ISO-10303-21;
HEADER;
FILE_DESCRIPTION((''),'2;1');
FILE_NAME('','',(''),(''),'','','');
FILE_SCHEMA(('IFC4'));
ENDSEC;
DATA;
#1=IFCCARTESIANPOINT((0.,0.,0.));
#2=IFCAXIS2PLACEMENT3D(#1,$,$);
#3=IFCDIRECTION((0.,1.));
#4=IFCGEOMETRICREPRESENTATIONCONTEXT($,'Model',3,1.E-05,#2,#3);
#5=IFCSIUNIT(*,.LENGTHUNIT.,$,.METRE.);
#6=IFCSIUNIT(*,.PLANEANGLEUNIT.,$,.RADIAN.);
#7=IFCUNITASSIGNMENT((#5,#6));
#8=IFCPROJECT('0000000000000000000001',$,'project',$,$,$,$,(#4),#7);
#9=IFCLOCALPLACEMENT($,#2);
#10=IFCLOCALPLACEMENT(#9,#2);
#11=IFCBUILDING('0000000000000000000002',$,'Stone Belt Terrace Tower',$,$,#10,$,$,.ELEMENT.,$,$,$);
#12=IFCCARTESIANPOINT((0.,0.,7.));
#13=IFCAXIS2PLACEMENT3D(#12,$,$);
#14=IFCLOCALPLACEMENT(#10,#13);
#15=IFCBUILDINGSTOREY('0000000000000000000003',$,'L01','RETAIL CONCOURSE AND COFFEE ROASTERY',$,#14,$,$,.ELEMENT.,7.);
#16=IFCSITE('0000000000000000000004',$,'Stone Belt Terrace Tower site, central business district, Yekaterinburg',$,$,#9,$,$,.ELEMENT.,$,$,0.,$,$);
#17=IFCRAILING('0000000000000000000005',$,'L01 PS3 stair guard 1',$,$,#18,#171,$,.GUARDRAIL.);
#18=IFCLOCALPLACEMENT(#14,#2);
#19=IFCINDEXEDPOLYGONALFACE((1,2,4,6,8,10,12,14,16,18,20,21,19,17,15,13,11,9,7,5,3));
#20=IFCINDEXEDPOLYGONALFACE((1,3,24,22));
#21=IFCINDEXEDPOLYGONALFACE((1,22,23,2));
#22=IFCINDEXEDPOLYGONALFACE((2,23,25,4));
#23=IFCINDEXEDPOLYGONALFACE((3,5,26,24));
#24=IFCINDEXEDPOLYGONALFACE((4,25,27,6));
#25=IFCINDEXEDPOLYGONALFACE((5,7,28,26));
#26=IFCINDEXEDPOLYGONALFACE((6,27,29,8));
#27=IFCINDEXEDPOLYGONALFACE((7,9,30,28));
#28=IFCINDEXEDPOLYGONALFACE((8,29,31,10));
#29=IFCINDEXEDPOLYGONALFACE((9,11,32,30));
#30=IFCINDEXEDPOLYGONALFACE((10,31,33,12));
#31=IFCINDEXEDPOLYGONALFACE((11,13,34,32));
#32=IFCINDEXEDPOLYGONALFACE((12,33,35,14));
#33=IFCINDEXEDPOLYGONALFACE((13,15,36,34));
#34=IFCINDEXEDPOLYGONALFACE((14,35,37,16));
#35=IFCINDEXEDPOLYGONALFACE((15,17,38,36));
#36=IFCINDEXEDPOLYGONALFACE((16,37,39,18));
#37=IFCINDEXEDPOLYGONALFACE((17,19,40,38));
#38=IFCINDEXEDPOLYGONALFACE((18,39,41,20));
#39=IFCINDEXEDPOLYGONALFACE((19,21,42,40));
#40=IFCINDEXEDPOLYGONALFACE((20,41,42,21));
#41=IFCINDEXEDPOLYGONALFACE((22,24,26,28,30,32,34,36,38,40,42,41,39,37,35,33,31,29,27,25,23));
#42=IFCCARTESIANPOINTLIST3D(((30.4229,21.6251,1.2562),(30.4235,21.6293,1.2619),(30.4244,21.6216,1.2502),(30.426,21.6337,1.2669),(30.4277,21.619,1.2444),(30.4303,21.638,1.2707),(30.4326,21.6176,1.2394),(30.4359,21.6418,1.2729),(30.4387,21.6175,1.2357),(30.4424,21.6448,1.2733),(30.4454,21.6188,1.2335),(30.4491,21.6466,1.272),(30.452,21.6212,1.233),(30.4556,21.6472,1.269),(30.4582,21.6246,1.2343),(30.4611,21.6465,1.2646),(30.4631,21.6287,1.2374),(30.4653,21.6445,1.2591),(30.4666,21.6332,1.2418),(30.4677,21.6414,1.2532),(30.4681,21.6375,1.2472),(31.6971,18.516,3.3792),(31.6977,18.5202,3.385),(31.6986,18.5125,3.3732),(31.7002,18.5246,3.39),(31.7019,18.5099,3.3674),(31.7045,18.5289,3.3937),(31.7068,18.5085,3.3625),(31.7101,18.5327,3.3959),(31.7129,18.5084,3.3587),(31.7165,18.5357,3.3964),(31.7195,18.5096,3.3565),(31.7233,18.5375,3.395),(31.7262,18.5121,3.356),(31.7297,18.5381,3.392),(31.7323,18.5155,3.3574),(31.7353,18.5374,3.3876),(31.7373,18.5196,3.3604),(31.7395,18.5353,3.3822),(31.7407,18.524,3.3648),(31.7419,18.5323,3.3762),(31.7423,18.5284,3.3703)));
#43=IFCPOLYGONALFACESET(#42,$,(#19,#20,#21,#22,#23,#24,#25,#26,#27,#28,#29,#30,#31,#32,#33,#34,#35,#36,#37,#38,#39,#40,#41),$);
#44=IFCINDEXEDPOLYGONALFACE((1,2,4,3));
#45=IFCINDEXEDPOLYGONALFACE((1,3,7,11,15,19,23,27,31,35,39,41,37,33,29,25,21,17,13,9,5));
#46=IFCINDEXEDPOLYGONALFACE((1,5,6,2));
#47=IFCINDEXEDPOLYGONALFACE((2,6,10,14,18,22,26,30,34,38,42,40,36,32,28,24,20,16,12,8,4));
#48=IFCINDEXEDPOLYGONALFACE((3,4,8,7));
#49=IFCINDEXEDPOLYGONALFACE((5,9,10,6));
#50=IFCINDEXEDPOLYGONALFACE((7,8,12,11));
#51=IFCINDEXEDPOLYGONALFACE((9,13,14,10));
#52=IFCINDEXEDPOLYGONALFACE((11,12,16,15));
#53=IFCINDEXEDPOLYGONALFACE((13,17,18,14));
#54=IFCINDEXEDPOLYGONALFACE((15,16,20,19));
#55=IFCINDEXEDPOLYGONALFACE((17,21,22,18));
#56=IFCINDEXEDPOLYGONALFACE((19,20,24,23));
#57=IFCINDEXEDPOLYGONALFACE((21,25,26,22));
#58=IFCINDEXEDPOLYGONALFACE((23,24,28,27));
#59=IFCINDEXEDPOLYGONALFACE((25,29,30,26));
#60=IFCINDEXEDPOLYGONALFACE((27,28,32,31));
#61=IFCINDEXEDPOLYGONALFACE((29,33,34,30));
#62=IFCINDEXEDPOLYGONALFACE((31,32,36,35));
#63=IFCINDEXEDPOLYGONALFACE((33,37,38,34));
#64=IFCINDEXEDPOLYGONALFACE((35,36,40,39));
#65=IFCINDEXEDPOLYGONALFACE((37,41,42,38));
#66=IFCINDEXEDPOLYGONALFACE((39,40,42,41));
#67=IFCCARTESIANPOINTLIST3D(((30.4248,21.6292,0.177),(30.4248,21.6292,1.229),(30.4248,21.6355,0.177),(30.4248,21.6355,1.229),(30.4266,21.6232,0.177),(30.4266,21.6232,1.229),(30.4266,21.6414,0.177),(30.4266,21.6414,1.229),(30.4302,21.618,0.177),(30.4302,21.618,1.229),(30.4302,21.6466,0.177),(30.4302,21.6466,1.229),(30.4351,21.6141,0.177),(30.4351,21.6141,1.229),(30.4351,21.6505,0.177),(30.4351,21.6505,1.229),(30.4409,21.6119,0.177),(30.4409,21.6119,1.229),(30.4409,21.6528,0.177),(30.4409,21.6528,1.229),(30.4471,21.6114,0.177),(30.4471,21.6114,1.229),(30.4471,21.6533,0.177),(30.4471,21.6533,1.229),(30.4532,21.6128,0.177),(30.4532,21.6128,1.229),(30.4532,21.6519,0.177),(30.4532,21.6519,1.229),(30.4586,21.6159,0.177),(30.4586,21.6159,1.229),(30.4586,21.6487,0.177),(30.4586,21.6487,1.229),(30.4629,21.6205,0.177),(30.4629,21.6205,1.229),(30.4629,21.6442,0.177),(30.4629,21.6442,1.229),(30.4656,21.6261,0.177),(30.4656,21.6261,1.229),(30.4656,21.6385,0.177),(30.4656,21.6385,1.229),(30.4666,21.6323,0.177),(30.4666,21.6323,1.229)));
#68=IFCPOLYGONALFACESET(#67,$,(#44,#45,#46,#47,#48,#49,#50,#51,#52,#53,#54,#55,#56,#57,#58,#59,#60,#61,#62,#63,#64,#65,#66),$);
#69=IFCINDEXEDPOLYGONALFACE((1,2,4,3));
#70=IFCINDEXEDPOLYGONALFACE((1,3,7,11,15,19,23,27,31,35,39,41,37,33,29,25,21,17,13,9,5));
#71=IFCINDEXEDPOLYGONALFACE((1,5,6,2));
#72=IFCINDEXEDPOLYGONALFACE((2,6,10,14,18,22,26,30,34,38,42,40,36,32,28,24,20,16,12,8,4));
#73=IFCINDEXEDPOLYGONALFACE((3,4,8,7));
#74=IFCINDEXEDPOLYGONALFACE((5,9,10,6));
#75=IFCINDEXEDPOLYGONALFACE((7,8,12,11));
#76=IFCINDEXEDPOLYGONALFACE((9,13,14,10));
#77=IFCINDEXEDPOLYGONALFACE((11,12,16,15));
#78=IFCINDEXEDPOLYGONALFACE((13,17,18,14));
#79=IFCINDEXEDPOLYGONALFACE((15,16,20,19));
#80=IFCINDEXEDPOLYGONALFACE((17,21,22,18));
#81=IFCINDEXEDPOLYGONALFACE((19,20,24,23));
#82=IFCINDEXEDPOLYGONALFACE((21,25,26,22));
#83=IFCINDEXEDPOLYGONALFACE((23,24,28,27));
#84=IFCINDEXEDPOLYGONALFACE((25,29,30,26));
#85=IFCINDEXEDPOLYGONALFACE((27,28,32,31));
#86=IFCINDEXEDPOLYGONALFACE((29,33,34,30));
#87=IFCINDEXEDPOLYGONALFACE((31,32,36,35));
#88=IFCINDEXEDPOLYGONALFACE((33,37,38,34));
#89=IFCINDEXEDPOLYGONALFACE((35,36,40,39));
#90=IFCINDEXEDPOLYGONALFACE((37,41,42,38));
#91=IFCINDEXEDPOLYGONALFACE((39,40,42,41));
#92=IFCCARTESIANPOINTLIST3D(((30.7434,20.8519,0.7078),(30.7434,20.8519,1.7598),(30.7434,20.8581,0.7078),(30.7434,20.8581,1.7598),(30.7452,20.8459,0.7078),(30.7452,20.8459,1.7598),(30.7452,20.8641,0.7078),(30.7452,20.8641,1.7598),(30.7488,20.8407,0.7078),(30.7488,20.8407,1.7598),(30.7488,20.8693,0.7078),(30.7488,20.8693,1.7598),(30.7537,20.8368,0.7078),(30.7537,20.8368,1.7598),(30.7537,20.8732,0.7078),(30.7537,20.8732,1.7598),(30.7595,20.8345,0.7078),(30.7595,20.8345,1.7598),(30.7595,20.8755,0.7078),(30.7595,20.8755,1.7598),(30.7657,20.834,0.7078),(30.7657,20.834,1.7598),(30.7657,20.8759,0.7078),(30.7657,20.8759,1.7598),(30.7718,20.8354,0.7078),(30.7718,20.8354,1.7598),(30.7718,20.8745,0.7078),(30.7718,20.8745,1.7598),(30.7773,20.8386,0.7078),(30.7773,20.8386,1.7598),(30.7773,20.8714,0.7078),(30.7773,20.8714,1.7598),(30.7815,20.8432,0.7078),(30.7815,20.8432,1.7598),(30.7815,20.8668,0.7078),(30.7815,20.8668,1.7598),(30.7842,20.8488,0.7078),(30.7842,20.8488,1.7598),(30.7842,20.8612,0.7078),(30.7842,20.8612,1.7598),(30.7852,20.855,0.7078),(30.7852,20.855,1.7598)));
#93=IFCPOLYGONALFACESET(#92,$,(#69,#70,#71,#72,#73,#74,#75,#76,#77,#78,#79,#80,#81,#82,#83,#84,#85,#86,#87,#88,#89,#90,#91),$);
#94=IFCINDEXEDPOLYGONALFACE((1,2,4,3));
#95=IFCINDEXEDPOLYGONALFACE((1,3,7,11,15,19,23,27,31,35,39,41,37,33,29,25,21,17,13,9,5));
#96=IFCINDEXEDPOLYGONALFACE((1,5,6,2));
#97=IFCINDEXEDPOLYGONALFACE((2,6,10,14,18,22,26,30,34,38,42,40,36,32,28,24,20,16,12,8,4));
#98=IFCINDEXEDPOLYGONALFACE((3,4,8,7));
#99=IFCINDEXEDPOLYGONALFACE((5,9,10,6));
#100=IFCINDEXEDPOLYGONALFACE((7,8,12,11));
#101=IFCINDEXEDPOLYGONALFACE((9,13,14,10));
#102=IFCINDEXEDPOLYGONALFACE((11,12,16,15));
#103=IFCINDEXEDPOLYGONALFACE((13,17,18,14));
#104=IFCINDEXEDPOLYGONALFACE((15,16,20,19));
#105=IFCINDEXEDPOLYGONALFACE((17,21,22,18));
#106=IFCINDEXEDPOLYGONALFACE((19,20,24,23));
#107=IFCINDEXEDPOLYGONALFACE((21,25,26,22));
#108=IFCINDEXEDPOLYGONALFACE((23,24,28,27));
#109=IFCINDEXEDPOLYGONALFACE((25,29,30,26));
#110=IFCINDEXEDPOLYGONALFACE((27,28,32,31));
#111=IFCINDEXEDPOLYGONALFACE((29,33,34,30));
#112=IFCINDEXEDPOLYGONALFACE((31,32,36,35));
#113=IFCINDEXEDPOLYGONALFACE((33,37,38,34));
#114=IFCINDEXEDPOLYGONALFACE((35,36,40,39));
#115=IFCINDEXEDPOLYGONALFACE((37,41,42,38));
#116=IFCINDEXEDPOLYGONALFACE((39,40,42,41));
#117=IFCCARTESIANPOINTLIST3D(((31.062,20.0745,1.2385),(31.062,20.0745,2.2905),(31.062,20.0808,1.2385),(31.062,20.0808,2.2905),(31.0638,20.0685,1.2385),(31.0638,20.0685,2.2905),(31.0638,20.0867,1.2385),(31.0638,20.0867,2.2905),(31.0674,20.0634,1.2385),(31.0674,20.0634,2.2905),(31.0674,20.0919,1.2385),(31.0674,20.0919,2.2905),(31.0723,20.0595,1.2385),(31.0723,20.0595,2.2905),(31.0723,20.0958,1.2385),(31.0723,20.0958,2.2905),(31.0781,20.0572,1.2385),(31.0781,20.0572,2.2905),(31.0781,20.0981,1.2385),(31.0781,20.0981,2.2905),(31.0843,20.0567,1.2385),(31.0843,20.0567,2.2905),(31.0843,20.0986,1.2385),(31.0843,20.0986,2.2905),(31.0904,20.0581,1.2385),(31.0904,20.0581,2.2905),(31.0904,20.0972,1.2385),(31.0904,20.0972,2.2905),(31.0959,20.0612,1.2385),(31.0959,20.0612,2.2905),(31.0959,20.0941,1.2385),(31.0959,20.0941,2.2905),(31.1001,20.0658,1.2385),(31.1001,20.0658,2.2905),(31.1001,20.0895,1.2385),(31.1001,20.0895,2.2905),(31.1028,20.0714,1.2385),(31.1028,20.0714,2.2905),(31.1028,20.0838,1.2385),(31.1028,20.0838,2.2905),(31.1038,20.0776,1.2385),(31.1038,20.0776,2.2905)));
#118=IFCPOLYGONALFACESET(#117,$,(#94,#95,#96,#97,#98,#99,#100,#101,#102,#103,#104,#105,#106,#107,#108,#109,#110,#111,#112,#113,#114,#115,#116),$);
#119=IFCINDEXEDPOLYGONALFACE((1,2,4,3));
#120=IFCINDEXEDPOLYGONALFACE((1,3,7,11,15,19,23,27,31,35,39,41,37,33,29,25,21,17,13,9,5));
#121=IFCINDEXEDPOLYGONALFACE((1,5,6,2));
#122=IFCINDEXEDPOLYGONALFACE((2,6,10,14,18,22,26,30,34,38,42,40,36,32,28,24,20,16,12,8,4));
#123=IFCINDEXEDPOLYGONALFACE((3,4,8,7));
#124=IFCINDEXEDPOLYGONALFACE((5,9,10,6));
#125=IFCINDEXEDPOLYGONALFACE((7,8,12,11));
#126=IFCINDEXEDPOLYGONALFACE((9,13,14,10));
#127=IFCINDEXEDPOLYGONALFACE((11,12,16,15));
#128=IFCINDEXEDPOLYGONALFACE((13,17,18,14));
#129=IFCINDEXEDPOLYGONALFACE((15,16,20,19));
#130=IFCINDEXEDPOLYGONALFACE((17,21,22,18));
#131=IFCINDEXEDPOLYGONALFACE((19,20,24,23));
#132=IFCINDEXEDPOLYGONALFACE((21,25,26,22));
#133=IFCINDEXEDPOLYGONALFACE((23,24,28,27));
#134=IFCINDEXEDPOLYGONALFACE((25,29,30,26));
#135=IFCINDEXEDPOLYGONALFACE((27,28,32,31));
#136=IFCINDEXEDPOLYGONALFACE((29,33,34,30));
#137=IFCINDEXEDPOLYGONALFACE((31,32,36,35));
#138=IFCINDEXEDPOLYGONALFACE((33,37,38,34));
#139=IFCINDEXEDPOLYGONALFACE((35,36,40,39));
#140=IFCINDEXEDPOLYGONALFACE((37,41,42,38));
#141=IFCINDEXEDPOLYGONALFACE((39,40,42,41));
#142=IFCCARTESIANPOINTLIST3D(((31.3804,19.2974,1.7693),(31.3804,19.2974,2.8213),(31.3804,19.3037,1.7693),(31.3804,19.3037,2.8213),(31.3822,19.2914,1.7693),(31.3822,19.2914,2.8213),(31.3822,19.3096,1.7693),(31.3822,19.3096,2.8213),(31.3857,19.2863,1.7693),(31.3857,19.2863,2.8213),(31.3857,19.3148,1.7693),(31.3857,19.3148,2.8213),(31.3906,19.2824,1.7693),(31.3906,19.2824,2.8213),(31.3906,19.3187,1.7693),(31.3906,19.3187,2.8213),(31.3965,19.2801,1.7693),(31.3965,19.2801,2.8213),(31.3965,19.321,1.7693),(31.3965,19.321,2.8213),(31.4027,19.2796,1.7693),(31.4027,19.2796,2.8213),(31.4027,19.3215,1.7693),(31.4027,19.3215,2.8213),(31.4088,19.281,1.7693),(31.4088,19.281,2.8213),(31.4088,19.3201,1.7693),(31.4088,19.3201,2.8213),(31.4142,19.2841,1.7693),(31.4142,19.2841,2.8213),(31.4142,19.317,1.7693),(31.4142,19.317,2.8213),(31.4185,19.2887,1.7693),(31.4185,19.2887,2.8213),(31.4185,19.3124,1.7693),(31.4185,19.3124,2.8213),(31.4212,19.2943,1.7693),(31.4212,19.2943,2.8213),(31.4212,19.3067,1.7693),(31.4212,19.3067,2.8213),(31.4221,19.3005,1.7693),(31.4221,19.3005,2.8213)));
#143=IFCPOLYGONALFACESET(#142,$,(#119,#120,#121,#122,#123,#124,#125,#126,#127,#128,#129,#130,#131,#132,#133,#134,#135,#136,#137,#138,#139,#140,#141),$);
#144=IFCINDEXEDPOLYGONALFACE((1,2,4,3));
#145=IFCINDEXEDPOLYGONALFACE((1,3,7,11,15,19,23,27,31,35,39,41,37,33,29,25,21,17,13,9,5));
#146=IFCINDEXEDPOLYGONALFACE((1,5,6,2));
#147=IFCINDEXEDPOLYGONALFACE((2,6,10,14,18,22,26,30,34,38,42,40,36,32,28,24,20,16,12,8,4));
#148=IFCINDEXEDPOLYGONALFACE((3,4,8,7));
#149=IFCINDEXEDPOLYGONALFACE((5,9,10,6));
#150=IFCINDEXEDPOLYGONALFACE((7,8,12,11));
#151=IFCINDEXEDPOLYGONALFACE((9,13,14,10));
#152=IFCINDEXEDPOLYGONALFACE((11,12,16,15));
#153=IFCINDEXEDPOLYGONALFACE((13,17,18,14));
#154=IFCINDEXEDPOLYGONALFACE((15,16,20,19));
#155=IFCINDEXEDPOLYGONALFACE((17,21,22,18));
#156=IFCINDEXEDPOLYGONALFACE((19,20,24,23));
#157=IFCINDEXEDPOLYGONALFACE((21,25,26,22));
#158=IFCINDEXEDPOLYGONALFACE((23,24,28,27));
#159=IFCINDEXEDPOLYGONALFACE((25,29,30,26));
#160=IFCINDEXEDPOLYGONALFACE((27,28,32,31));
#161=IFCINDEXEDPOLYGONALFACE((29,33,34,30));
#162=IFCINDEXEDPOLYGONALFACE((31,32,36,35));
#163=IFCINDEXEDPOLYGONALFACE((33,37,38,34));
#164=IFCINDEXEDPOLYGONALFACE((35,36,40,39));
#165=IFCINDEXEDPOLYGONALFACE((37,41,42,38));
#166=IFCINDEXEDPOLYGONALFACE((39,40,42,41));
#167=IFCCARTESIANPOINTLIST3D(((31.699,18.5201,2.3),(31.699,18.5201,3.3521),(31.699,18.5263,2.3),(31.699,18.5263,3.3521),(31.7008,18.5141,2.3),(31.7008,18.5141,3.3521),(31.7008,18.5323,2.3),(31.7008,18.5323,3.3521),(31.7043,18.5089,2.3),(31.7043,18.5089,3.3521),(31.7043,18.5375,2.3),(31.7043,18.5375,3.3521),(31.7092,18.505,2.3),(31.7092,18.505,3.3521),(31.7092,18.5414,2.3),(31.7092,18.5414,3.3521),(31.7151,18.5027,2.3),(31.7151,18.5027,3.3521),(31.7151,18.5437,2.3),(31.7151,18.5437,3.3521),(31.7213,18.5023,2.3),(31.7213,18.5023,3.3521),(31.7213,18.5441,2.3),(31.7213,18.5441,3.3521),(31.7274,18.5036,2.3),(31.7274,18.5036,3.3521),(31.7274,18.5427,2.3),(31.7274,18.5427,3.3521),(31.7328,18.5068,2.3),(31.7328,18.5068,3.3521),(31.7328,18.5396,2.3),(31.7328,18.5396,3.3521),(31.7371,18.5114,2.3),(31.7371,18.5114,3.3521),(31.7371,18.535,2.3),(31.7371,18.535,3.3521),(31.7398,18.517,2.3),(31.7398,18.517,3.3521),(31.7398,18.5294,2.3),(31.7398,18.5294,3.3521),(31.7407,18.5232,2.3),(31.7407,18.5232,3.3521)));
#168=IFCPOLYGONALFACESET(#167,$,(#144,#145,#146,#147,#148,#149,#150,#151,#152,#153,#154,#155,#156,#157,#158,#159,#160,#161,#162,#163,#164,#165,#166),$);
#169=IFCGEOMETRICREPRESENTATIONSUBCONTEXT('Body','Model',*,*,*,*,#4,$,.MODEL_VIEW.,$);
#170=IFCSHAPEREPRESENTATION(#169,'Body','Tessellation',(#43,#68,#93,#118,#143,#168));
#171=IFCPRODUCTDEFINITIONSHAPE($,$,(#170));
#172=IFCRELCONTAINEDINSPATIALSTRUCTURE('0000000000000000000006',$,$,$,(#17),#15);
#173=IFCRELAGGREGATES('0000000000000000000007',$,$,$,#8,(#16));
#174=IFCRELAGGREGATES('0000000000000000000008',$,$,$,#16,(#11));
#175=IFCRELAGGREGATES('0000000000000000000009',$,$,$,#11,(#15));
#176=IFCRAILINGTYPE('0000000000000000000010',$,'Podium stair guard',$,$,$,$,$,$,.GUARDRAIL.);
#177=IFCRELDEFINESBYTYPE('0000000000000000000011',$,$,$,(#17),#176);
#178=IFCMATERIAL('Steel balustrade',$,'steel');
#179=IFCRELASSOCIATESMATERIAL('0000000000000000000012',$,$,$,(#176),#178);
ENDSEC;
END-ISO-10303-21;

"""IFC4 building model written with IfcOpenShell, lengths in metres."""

from ifc_helpers import new_model, si_unit, direction, frame, origin, origin_2d, place, context, subcontext, project, spatial, circle, extrude, material, type_object, element, save


model = new_model("IFC4")

# Units and contexts
model_context = context("Model", 3, precision=1e-05, world=origin(), true_north=direction((0.0, 1.0)))
body_context = subcontext(model_context, "Body", "Model", "MODEL_VIEW")
ifc_project = project(units=[si_unit("LENGTHUNIT", "METRE"), si_unit("PLANEANGLEUNIT", "RADIAN")], contexts=[model_context])

# Site, building, storey
site_placement = place(None, origin())
site = spatial("IfcSite", under=ifc_project, at=site_placement, Name="Stone Belt Terrace Tower site, central business district, Yekaterinburg", CompositionType="ELEMENT", RefElevation=0.0)
building_placement = place(site_placement, origin())
building = spatial("IfcBuilding", under=site, at=building_placement, Name="Stone Belt Terrace Tower", CompositionType="ELEMENT")
storey_placement = place(building_placement, frame((0.0, 0.0, 7.0)))
storey = spatial("IfcBuildingStorey", under=building, at=storey_placement, Name="L01", Description="RETAIL CONCOURSE AND COFFEE ROASTERY", CompositionType="ELEMENT", Elevation=7.0)

# Railing
ifc_material_1 = material(Name="Steel balustrade", Category="steel")
railing_type = type_object("IfcRailingType", Name="Podium stair guard", PredefinedType="GUARDRAIL", material=ifc_material_1)
railing_1_placement = place(storey_placement, frame((30.4456, 21.6323, 0.177)))
element("IfcRailing", 1, at=railing_1_placement, inside=storey, type_object=railing_type, Name="L01 PS3 stair guard 1", PredefinedType="GUARDRAIL", context=body_context, shape_type="SweptSolid", body=[
    extrude(circle(Radius=0.0239, at=origin_2d()), frame((0.0, 0.0, 1.0762), z_axis=(0.320577, -0.782248, 0.534152), x_axis=(0.925312, 0.379207, 0.0)), (0.0, 0.0, 1.0), 3.9746),
    extrude(circle(Radius=0.021, at=origin_2d()), origin(), (0.0, 0.0, 1.0), 1.052),
    extrude(circle(Radius=0.021, at=origin_2d()), frame((0.3186, -0.7773, 0.5308)), (0.0, 0.0, 1.0), 1.052),
    extrude(circle(Radius=0.021, at=origin_2d()), frame((0.6372, -1.5547, 1.0615)), (0.0, 0.0, 1.0), 1.052),
    extrude(circle(Radius=0.021, at=origin_2d()), frame((0.9556, -2.3318, 1.5923)), (0.0, 0.0, 1.0), 1.052),
    extrude(circle(Radius=0.021, at=origin_2d()), frame((1.2742, -3.1091, 2.123)), (0.0, 0.0, 1.0), 1.052),
])

save(model, "model.ifc")
